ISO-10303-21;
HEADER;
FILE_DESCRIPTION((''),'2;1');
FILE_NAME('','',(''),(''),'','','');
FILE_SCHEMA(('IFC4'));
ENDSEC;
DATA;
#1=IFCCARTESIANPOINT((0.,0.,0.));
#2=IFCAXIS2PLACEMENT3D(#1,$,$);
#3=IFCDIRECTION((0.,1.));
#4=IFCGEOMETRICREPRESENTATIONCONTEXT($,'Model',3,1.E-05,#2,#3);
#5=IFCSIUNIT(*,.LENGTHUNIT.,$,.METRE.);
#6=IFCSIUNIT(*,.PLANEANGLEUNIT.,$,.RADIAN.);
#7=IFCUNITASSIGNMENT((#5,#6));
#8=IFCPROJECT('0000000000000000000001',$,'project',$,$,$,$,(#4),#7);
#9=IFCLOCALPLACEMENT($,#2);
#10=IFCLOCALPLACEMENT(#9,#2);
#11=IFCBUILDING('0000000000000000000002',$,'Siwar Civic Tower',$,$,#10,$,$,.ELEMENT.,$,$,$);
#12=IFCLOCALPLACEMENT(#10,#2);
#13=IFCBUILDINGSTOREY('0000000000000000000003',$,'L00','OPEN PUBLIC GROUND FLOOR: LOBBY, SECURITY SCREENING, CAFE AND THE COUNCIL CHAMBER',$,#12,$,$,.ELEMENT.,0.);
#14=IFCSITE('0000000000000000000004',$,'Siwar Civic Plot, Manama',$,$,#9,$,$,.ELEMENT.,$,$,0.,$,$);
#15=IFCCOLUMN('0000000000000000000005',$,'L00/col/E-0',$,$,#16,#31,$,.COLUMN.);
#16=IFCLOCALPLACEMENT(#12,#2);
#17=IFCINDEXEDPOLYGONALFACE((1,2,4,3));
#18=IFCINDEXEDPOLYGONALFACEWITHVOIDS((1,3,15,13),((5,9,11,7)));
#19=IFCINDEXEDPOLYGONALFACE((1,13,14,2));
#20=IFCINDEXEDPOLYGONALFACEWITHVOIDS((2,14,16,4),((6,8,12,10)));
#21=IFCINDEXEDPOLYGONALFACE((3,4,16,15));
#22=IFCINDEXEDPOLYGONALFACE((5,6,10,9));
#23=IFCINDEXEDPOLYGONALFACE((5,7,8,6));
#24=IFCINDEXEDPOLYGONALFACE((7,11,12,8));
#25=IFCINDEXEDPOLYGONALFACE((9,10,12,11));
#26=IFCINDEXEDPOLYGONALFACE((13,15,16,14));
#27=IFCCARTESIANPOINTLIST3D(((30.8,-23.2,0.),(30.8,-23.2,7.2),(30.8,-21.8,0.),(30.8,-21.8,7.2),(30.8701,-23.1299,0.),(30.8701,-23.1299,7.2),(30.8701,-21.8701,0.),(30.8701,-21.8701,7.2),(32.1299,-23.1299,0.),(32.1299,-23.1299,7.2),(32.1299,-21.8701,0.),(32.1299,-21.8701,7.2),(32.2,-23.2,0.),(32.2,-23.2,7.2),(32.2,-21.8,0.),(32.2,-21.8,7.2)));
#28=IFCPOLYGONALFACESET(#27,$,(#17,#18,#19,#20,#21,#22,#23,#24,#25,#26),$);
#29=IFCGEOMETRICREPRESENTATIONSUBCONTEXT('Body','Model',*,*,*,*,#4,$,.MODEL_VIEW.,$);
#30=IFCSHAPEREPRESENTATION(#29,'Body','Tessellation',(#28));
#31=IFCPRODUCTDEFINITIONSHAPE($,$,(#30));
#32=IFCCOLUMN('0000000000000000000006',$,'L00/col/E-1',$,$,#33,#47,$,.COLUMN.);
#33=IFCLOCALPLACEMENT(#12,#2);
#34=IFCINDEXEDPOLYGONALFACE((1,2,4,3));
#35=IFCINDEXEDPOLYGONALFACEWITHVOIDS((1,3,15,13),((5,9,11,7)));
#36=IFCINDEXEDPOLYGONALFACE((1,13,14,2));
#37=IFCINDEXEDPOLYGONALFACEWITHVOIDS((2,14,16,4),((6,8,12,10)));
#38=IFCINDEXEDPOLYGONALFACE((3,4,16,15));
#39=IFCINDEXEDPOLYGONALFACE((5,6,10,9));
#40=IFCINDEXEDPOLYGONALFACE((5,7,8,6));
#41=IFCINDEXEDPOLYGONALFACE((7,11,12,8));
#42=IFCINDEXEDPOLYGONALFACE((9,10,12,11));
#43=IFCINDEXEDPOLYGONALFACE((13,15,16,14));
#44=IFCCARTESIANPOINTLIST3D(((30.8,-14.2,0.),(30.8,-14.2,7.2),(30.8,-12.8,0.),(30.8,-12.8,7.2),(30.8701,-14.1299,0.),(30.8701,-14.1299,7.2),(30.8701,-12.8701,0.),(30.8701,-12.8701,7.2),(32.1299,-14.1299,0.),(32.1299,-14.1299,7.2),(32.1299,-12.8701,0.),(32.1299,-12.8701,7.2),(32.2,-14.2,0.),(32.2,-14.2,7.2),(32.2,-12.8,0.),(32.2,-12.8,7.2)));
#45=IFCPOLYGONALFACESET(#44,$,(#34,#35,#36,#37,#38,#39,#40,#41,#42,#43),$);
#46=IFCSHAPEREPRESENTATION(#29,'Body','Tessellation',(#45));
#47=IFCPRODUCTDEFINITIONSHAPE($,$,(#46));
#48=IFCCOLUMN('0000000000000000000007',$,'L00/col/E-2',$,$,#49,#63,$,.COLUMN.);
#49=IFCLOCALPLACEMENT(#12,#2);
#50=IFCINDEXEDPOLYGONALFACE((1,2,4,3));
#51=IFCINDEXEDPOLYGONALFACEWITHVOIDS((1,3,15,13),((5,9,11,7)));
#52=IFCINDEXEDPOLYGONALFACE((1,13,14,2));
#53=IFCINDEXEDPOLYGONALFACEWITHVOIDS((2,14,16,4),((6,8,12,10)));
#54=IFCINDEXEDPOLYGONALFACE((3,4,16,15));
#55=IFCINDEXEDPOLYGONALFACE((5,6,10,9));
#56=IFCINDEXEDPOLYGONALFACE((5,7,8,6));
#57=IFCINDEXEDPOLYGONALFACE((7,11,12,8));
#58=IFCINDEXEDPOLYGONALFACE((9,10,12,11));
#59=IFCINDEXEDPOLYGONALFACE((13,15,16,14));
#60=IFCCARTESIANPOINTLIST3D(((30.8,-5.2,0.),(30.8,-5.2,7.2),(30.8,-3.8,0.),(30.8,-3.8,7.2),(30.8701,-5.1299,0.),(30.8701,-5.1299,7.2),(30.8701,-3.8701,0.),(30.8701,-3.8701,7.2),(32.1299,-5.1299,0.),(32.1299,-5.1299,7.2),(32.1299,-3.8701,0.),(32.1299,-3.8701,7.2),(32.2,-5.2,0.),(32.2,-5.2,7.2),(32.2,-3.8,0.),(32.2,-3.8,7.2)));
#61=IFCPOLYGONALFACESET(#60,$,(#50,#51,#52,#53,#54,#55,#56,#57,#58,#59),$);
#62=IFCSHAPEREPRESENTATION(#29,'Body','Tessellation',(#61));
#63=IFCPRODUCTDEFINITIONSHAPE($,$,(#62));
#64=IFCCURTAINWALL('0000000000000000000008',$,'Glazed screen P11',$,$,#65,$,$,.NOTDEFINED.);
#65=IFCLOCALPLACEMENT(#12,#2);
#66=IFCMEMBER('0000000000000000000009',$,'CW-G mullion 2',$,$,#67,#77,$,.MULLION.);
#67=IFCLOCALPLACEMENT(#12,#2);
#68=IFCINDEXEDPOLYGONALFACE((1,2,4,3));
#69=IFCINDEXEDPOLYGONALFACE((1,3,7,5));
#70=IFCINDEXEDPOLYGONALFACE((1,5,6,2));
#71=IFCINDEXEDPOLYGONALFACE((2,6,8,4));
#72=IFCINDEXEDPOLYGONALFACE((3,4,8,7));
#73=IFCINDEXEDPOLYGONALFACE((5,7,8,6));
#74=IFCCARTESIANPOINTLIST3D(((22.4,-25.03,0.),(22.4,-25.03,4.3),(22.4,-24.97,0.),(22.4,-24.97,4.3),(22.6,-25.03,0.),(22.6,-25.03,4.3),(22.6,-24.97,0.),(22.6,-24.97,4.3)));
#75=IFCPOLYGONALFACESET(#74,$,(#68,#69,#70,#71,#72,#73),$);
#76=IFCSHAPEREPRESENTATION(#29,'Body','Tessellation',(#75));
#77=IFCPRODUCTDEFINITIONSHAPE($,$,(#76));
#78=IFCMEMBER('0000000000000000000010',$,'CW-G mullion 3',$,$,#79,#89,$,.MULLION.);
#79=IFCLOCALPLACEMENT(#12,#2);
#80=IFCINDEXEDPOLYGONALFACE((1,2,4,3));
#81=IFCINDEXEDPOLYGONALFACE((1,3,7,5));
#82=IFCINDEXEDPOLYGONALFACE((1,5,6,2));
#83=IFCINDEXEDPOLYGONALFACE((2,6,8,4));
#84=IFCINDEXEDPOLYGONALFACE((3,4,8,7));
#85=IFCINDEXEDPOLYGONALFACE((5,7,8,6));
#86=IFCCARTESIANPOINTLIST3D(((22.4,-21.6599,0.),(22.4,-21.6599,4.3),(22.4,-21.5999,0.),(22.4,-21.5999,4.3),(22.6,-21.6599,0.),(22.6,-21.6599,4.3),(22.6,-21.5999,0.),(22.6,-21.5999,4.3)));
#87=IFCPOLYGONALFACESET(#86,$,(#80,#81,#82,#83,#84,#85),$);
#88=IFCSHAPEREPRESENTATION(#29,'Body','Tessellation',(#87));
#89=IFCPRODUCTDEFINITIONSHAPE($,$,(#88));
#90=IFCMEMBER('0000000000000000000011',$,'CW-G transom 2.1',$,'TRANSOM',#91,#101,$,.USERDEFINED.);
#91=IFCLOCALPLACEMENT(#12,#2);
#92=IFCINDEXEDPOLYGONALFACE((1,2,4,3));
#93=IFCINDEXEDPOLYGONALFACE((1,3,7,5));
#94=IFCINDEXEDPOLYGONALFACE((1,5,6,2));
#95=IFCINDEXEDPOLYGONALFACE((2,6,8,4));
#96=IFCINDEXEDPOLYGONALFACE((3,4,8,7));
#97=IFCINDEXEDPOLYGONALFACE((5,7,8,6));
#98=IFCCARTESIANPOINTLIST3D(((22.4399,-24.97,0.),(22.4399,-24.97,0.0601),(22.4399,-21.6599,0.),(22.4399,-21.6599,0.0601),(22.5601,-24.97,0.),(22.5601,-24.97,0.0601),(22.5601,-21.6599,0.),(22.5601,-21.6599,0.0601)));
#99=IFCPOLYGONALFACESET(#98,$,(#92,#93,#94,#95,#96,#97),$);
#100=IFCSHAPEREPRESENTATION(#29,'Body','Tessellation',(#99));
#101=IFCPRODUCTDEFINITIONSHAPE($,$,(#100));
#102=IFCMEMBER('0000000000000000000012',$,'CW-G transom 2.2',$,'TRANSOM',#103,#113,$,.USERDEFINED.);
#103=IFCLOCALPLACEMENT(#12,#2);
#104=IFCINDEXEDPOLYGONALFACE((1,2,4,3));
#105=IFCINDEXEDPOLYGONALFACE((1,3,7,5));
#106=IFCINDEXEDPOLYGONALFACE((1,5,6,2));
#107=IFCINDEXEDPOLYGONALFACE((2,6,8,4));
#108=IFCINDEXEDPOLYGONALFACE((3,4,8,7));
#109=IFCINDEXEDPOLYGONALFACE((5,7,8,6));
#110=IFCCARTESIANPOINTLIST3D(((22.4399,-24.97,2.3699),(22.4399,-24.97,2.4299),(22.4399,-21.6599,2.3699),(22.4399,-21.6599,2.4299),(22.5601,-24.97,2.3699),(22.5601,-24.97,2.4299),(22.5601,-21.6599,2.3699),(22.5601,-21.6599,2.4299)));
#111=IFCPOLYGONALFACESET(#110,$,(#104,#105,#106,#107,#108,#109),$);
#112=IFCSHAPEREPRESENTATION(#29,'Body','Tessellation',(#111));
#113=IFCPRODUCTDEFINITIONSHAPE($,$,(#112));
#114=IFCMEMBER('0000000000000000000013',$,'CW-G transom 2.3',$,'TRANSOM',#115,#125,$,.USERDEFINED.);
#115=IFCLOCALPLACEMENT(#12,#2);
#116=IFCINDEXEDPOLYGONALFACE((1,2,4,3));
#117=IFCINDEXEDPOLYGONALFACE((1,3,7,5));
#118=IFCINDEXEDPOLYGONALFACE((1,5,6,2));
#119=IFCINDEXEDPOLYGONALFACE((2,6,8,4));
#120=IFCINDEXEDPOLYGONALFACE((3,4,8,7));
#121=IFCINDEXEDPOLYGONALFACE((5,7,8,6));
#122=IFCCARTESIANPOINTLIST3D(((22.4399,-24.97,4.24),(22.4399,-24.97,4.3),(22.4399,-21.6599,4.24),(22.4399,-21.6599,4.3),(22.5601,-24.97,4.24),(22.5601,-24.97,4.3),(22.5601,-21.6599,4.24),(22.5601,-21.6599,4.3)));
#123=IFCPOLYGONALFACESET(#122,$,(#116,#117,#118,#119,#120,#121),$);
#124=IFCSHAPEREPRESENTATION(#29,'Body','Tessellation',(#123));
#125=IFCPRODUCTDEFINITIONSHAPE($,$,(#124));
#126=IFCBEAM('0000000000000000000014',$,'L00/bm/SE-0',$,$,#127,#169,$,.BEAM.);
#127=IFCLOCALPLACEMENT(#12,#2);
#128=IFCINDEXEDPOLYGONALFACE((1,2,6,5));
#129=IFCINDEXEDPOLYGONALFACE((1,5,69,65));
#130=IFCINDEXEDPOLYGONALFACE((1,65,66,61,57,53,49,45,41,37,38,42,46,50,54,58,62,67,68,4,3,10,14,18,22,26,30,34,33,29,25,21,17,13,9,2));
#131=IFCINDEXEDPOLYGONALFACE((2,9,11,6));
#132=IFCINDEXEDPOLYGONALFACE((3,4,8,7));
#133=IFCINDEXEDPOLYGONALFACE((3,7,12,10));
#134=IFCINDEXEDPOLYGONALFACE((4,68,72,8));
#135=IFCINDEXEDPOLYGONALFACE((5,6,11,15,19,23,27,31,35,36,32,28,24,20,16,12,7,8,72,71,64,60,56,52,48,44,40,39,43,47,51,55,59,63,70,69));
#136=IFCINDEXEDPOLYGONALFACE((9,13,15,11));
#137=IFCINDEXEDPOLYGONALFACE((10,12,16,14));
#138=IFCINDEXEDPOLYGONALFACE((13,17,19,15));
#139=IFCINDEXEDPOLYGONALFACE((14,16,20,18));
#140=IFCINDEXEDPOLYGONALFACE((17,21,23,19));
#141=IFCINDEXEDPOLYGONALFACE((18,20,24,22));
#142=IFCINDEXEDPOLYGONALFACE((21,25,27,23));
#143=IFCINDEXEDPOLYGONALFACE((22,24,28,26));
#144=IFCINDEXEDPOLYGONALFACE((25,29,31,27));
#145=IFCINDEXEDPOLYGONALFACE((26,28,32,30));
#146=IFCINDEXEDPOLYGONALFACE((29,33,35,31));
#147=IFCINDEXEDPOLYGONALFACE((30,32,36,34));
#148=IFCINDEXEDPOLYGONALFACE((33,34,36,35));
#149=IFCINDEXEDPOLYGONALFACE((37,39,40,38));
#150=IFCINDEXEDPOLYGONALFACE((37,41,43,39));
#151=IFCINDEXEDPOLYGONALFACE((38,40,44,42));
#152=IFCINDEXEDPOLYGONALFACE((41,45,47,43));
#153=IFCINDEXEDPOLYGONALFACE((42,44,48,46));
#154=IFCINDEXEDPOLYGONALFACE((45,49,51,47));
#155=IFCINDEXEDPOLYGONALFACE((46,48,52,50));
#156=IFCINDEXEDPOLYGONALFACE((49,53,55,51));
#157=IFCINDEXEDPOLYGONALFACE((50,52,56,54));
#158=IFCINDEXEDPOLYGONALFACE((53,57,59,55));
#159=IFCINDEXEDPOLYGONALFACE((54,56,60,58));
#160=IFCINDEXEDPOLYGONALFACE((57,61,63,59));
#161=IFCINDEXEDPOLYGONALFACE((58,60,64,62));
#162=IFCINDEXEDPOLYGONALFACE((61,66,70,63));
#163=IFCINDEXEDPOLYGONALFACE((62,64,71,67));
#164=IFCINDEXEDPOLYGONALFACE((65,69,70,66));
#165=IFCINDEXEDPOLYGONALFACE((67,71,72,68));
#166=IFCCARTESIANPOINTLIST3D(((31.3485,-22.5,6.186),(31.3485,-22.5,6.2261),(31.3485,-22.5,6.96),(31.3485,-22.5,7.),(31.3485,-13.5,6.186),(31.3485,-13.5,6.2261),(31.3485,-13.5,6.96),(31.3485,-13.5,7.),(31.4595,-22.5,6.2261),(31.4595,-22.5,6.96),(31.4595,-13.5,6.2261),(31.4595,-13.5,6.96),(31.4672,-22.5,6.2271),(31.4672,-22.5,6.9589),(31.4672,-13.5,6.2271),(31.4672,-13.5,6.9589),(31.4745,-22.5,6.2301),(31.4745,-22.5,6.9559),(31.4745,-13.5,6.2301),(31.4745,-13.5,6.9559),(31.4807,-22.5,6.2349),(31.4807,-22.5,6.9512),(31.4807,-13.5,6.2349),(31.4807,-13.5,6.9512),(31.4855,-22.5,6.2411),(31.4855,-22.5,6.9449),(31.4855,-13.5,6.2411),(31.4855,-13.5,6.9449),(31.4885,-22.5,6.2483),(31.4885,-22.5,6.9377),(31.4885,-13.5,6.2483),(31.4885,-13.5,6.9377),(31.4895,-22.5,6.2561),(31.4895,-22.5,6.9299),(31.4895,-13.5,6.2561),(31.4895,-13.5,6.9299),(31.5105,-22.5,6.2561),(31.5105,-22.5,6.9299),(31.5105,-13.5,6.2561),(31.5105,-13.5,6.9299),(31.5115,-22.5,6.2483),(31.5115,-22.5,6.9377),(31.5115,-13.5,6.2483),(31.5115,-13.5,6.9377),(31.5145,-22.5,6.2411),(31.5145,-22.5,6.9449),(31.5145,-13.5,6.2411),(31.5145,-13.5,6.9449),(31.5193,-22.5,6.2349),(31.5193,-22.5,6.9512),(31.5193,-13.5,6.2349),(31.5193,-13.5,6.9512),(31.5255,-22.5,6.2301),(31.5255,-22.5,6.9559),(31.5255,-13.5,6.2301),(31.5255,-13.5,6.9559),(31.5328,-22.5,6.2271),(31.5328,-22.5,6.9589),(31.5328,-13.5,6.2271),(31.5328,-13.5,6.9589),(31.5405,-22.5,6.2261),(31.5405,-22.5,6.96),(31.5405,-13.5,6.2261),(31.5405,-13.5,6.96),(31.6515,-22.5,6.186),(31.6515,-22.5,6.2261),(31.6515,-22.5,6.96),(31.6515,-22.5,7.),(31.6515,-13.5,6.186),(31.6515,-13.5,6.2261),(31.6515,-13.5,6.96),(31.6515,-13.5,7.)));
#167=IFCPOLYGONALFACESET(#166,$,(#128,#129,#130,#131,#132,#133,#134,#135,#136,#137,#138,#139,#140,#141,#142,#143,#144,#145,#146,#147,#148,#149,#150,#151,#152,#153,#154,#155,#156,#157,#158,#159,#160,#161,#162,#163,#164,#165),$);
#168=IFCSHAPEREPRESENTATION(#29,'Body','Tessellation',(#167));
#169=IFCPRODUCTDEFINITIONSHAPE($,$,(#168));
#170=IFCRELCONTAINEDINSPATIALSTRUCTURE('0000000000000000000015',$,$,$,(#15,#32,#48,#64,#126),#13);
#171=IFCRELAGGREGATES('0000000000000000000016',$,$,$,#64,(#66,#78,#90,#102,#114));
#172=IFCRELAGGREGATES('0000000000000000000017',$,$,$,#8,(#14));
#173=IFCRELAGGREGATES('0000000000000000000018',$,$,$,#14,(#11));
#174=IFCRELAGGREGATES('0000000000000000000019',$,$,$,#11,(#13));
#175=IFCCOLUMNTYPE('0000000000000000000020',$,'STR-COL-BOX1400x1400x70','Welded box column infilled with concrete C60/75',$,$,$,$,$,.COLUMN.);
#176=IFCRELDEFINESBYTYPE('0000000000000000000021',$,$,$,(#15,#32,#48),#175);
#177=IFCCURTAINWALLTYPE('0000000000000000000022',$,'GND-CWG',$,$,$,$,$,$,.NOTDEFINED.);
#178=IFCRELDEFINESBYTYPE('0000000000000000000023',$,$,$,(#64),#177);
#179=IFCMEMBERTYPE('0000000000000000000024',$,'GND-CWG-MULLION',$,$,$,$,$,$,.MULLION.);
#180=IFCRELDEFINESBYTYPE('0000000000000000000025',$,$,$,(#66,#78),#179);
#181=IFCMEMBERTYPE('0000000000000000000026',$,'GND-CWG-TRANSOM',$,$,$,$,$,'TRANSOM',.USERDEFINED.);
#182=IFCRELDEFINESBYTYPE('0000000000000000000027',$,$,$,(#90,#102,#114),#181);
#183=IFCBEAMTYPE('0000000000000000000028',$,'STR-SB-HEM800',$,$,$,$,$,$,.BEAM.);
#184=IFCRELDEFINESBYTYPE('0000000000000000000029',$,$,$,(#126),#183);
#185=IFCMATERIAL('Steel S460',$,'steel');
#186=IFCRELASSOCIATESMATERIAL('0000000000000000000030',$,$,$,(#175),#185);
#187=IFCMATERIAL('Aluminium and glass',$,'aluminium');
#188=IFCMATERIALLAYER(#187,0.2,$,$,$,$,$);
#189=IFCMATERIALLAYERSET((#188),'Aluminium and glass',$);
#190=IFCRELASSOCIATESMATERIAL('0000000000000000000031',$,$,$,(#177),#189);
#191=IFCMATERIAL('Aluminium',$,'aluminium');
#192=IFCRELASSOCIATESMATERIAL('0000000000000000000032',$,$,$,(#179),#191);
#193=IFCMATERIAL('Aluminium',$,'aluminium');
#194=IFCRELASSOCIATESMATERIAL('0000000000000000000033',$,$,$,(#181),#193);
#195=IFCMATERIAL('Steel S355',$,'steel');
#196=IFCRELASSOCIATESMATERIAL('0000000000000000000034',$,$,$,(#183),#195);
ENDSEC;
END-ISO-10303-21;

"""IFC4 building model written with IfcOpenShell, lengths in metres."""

from ifc_helpers import new_model, si_unit, direction, frame, origin, origin_2d, place, context, subcontext, project, spatial, rectangle, hollow_rectangle, i_section, extrude, material, layer, layer_set, material_profile, profile_set, type_object, element, aggregate, save


model = new_model("IFC4")

# Units and contexts
model_context = context("Model", 3, precision=1e-05, world=origin(), true_north=direction((0.0, 1.0)))
body_context = subcontext(model_context, "Body", "Model", "MODEL_VIEW")
ifc_project = project(units=[si_unit("LENGTHUNIT", "METRE"), si_unit("PLANEANGLEUNIT", "RADIAN")], contexts=[model_context])

# Site, building, storey
site_placement = place(None, origin())
site = spatial("IfcSite", under=ifc_project, at=site_placement, Name="Siwar Civic Plot, Manama", CompositionType="ELEMENT", RefElevation=0.0)
building_placement = place(site_placement, origin())
building = spatial("IfcBuilding", under=site, at=building_placement, Name="Siwar Civic Tower", CompositionType="ELEMENT")
storey_placement = place(building_placement, origin())
storey = spatial("IfcBuildingStorey", under=building, at=storey_placement, Name="L00", Description="OPEN PUBLIC GROUND FLOOR: LOBBY, SECURITY SCREENING, CAFE AND THE COUNCIL CHAMBER", CompositionType="ELEMENT", Elevation=0.0)

# Columns
ifc_material_1 = material(Name="Steel S460", Category="steel")
ifc_material_profile_1 = material_profile(ifc_material_1, hollow_rectangle(XDim=1.3999, YDim=1.3999, WallThickness=0.0701, at=origin_2d()), Name="BOX1400x1400x70")
ifc_profile_set_1 = profile_set([ifc_material_profile_1], Name="Steel S460")
column_type = type_object("IfcColumnType", Name="STR-COL-BOX1400x1400x70", Description="Welded box column infilled with concrete C60/75", PredefinedType="COLUMN", material=ifc_profile_set_1)
for number, where, z_axis, x_axis, name in (
    (1, (31.5, -22.5, 0.0), (0.0, 0.0, 1.0), (1.0, 0.0, 0.0), "L00/col/E-0"),
    (2, (31.5, -13.5, 0.0), (0.0, 0.0, 1.0), (1.0, 0.0, 0.0), "L00/col/E-1"),
    (3, (31.5, -4.5, 0.0), (0.0, 0.0, 1.0), (1.0, 0.0, 0.0), "L00/col/E-2"),
):
    element("IfcColumn", number, at=place(storey_placement, frame(where, z_axis=z_axis, x_axis=x_axis)), inside=storey, type_object=column_type, Name=name, PredefinedType="COLUMN", context=body_context, shape_type="SweptSolid", body=[
        extrude(hollow_rectangle(XDim=1.3999, YDim=1.3999, WallThickness=0.0701, at=origin_2d()), origin(), (0.0, 0.0, 1.0), 7.2),
    ])

# Curtain wall, members
ifc_material_2 = material(Name="Aluminium and glass", Category="aluminium")
ifc_layer_1 = layer(ifc_material_2, 0.2)
ifc_layer_set_1 = layer_set([ifc_layer_1], Name="Aluminium and glass")
curtain_wall_type = type_object("IfcCurtainWallType", Name="GND-CWG", PredefinedType="NOTDEFINED", material=ifc_layer_set_1)
curtain_wall_placement = place(storey_placement, origin())
curtain_wall = element("IfcCurtainWall", 4, at=curtain_wall_placement, inside=storey, type_object=curtain_wall_type, Name="Glazed screen P11", PredefinedType="NOTDEFINED")
ifc_material_3 = material(Name="Aluminium", Category="aluminium")
ifc_material_profile_2 = material_profile(ifc_material_3, rectangle(XDim=0.2, YDim=0.0601, at=origin_2d()), Name="AL 200x60")
ifc_profile_set_2 = profile_set([ifc_material_profile_2], Name="Aluminium")
member_type_1 = type_object("IfcMemberType", Name="GND-CWG-MULLION", PredefinedType="MULLION", material=ifc_profile_set_2)
member_1_placement = place(storey_placement, frame((22.5, -25.0, 0.0), z_axis=(0.0, 0.0, 1.0), x_axis=(-1.0, 0.0, 0.0)))
member_1 = element("IfcMember", 5, at=member_1_placement, type_object=member_type_1, Name="CW-G mullion 2", PredefinedType="MULLION", context=body_context, shape_type="SweptSolid", body=[
    extrude(rectangle(XDim=0.2, YDim=0.0601, at=origin_2d()), origin(), (0.0, 0.0, 1.0), 4.3),
])
member_2_placement = place(storey_placement, frame((22.5, -21.6299, 0.0), z_axis=(0.0, 0.0, 1.0), x_axis=(-1.0, 0.0, 0.0)))
member_2 = element("IfcMember", 6, at=member_2_placement, type_object=member_type_1, Name="CW-G mullion 3", PredefinedType="MULLION", context=body_context, shape_type="SweptSolid", body=[
    extrude(rectangle(XDim=0.2, YDim=0.0601, at=origin_2d()), origin(), (0.0, 0.0, 1.0), 4.3),
])
ifc_material_4 = material(Name="Aluminium", Category="aluminium")
ifc_material_profile_3 = material_profile(ifc_material_4, rectangle(XDim=0.1201, YDim=0.0601, at=origin_2d()), Name="AL 120x60")
ifc_profile_set_3 = profile_set([ifc_material_profile_3], Name="Aluminium")
member_type_2 = type_object("IfcMemberType", Name="GND-CWG-TRANSOM", ElementType="TRANSOM", PredefinedType="USERDEFINED", material=ifc_profile_set_3)
member_3_placement = place(storey_placement, frame((22.5, -24.97, 0.03), z_axis=(0.0, 1.0, 0.0), x_axis=(-1.0, 0.0, 0.0)))
member_3 = element("IfcMember", 7, at=member_3_placement, type_object=member_type_2, Name="CW-G transom 2.1", ObjectType="TRANSOM", PredefinedType="USERDEFINED", context=body_context, shape_type="SweptSolid", body=[
    extrude(rectangle(XDim=0.1201, YDim=0.0601, at=origin_2d()), origin(), (0.0, 0.0, 1.0), 3.3101),
])
member_4_placement = place(storey_placement, frame((22.5, -24.97, 2.3999), z_axis=(0.0, 1.0, 0.0), x_axis=(-1.0, 0.0, 0.0)))
member_4 = element("IfcMember", 8, at=member_4_placement, type_object=member_type_2, Name="CW-G transom 2.2", ObjectType="TRANSOM", PredefinedType="USERDEFINED", context=body_context, shape_type="SweptSolid", body=[
    extrude(rectangle(XDim=0.1201, YDim=0.0601, at=origin_2d()), origin(), (0.0, 0.0, 1.0), 3.3101),
])
member_5_placement = place(storey_placement, frame((22.5, -24.97, 4.27), z_axis=(0.0, 1.0, 0.0), x_axis=(-1.0, 0.0, 0.0)))
member_5 = element("IfcMember", 9, at=member_5_placement, type_object=member_type_2, Name="CW-G transom 2.3", ObjectType="TRANSOM", PredefinedType="USERDEFINED", context=body_context, shape_type="SweptSolid", body=[
    extrude(rectangle(XDim=0.1201, YDim=0.0601, at=origin_2d()), origin(), (0.0, 0.0, 1.0), 3.3101),
])

# Beam
ifc_material_5 = material(Name="Steel S355", Category="steel")
ifc_material_profile_4 = material_profile(ifc_material_5, i_section(OverallWidth=0.303, OverallDepth=0.814, WebThickness=0.021, FlangeThickness=0.04, FilletRadius=0.03, at=origin_2d()), Name="HEM800")
ifc_profile_set_4 = profile_set([ifc_material_profile_4], Name="Steel S355")
beam_type = type_object("IfcBeamType", Name="STR-SB-HEM800", PredefinedType="BEAM", material=ifc_profile_set_4)
for number, where, z_axis, x_axis, name in (
    (10, (31.5, -22.5, 6.593), (0.0, 1.0, 0.0), (-1.0, 0.0, 0.0), "L00/bm/SE-0"),
):
    element("IfcBeam", number, at=place(storey_placement, frame(where, z_axis=z_axis, x_axis=x_axis)), inside=storey, type_object=beam_type, Name=name, PredefinedType="BEAM", context=body_context, shape_type="SweptSolid", body=[
        extrude(i_section(OverallWidth=0.303, OverallDepth=0.814, WebThickness=0.021, FlangeThickness=0.04, FilletRadius=0.03, at=origin_2d()), origin(), (0.0, 0.0, 1.0), 9.0),
    ])

aggregate(curtain_wall, [member_1, member_2, member_3, member_4, member_5])

save(model, "model.ifc")
